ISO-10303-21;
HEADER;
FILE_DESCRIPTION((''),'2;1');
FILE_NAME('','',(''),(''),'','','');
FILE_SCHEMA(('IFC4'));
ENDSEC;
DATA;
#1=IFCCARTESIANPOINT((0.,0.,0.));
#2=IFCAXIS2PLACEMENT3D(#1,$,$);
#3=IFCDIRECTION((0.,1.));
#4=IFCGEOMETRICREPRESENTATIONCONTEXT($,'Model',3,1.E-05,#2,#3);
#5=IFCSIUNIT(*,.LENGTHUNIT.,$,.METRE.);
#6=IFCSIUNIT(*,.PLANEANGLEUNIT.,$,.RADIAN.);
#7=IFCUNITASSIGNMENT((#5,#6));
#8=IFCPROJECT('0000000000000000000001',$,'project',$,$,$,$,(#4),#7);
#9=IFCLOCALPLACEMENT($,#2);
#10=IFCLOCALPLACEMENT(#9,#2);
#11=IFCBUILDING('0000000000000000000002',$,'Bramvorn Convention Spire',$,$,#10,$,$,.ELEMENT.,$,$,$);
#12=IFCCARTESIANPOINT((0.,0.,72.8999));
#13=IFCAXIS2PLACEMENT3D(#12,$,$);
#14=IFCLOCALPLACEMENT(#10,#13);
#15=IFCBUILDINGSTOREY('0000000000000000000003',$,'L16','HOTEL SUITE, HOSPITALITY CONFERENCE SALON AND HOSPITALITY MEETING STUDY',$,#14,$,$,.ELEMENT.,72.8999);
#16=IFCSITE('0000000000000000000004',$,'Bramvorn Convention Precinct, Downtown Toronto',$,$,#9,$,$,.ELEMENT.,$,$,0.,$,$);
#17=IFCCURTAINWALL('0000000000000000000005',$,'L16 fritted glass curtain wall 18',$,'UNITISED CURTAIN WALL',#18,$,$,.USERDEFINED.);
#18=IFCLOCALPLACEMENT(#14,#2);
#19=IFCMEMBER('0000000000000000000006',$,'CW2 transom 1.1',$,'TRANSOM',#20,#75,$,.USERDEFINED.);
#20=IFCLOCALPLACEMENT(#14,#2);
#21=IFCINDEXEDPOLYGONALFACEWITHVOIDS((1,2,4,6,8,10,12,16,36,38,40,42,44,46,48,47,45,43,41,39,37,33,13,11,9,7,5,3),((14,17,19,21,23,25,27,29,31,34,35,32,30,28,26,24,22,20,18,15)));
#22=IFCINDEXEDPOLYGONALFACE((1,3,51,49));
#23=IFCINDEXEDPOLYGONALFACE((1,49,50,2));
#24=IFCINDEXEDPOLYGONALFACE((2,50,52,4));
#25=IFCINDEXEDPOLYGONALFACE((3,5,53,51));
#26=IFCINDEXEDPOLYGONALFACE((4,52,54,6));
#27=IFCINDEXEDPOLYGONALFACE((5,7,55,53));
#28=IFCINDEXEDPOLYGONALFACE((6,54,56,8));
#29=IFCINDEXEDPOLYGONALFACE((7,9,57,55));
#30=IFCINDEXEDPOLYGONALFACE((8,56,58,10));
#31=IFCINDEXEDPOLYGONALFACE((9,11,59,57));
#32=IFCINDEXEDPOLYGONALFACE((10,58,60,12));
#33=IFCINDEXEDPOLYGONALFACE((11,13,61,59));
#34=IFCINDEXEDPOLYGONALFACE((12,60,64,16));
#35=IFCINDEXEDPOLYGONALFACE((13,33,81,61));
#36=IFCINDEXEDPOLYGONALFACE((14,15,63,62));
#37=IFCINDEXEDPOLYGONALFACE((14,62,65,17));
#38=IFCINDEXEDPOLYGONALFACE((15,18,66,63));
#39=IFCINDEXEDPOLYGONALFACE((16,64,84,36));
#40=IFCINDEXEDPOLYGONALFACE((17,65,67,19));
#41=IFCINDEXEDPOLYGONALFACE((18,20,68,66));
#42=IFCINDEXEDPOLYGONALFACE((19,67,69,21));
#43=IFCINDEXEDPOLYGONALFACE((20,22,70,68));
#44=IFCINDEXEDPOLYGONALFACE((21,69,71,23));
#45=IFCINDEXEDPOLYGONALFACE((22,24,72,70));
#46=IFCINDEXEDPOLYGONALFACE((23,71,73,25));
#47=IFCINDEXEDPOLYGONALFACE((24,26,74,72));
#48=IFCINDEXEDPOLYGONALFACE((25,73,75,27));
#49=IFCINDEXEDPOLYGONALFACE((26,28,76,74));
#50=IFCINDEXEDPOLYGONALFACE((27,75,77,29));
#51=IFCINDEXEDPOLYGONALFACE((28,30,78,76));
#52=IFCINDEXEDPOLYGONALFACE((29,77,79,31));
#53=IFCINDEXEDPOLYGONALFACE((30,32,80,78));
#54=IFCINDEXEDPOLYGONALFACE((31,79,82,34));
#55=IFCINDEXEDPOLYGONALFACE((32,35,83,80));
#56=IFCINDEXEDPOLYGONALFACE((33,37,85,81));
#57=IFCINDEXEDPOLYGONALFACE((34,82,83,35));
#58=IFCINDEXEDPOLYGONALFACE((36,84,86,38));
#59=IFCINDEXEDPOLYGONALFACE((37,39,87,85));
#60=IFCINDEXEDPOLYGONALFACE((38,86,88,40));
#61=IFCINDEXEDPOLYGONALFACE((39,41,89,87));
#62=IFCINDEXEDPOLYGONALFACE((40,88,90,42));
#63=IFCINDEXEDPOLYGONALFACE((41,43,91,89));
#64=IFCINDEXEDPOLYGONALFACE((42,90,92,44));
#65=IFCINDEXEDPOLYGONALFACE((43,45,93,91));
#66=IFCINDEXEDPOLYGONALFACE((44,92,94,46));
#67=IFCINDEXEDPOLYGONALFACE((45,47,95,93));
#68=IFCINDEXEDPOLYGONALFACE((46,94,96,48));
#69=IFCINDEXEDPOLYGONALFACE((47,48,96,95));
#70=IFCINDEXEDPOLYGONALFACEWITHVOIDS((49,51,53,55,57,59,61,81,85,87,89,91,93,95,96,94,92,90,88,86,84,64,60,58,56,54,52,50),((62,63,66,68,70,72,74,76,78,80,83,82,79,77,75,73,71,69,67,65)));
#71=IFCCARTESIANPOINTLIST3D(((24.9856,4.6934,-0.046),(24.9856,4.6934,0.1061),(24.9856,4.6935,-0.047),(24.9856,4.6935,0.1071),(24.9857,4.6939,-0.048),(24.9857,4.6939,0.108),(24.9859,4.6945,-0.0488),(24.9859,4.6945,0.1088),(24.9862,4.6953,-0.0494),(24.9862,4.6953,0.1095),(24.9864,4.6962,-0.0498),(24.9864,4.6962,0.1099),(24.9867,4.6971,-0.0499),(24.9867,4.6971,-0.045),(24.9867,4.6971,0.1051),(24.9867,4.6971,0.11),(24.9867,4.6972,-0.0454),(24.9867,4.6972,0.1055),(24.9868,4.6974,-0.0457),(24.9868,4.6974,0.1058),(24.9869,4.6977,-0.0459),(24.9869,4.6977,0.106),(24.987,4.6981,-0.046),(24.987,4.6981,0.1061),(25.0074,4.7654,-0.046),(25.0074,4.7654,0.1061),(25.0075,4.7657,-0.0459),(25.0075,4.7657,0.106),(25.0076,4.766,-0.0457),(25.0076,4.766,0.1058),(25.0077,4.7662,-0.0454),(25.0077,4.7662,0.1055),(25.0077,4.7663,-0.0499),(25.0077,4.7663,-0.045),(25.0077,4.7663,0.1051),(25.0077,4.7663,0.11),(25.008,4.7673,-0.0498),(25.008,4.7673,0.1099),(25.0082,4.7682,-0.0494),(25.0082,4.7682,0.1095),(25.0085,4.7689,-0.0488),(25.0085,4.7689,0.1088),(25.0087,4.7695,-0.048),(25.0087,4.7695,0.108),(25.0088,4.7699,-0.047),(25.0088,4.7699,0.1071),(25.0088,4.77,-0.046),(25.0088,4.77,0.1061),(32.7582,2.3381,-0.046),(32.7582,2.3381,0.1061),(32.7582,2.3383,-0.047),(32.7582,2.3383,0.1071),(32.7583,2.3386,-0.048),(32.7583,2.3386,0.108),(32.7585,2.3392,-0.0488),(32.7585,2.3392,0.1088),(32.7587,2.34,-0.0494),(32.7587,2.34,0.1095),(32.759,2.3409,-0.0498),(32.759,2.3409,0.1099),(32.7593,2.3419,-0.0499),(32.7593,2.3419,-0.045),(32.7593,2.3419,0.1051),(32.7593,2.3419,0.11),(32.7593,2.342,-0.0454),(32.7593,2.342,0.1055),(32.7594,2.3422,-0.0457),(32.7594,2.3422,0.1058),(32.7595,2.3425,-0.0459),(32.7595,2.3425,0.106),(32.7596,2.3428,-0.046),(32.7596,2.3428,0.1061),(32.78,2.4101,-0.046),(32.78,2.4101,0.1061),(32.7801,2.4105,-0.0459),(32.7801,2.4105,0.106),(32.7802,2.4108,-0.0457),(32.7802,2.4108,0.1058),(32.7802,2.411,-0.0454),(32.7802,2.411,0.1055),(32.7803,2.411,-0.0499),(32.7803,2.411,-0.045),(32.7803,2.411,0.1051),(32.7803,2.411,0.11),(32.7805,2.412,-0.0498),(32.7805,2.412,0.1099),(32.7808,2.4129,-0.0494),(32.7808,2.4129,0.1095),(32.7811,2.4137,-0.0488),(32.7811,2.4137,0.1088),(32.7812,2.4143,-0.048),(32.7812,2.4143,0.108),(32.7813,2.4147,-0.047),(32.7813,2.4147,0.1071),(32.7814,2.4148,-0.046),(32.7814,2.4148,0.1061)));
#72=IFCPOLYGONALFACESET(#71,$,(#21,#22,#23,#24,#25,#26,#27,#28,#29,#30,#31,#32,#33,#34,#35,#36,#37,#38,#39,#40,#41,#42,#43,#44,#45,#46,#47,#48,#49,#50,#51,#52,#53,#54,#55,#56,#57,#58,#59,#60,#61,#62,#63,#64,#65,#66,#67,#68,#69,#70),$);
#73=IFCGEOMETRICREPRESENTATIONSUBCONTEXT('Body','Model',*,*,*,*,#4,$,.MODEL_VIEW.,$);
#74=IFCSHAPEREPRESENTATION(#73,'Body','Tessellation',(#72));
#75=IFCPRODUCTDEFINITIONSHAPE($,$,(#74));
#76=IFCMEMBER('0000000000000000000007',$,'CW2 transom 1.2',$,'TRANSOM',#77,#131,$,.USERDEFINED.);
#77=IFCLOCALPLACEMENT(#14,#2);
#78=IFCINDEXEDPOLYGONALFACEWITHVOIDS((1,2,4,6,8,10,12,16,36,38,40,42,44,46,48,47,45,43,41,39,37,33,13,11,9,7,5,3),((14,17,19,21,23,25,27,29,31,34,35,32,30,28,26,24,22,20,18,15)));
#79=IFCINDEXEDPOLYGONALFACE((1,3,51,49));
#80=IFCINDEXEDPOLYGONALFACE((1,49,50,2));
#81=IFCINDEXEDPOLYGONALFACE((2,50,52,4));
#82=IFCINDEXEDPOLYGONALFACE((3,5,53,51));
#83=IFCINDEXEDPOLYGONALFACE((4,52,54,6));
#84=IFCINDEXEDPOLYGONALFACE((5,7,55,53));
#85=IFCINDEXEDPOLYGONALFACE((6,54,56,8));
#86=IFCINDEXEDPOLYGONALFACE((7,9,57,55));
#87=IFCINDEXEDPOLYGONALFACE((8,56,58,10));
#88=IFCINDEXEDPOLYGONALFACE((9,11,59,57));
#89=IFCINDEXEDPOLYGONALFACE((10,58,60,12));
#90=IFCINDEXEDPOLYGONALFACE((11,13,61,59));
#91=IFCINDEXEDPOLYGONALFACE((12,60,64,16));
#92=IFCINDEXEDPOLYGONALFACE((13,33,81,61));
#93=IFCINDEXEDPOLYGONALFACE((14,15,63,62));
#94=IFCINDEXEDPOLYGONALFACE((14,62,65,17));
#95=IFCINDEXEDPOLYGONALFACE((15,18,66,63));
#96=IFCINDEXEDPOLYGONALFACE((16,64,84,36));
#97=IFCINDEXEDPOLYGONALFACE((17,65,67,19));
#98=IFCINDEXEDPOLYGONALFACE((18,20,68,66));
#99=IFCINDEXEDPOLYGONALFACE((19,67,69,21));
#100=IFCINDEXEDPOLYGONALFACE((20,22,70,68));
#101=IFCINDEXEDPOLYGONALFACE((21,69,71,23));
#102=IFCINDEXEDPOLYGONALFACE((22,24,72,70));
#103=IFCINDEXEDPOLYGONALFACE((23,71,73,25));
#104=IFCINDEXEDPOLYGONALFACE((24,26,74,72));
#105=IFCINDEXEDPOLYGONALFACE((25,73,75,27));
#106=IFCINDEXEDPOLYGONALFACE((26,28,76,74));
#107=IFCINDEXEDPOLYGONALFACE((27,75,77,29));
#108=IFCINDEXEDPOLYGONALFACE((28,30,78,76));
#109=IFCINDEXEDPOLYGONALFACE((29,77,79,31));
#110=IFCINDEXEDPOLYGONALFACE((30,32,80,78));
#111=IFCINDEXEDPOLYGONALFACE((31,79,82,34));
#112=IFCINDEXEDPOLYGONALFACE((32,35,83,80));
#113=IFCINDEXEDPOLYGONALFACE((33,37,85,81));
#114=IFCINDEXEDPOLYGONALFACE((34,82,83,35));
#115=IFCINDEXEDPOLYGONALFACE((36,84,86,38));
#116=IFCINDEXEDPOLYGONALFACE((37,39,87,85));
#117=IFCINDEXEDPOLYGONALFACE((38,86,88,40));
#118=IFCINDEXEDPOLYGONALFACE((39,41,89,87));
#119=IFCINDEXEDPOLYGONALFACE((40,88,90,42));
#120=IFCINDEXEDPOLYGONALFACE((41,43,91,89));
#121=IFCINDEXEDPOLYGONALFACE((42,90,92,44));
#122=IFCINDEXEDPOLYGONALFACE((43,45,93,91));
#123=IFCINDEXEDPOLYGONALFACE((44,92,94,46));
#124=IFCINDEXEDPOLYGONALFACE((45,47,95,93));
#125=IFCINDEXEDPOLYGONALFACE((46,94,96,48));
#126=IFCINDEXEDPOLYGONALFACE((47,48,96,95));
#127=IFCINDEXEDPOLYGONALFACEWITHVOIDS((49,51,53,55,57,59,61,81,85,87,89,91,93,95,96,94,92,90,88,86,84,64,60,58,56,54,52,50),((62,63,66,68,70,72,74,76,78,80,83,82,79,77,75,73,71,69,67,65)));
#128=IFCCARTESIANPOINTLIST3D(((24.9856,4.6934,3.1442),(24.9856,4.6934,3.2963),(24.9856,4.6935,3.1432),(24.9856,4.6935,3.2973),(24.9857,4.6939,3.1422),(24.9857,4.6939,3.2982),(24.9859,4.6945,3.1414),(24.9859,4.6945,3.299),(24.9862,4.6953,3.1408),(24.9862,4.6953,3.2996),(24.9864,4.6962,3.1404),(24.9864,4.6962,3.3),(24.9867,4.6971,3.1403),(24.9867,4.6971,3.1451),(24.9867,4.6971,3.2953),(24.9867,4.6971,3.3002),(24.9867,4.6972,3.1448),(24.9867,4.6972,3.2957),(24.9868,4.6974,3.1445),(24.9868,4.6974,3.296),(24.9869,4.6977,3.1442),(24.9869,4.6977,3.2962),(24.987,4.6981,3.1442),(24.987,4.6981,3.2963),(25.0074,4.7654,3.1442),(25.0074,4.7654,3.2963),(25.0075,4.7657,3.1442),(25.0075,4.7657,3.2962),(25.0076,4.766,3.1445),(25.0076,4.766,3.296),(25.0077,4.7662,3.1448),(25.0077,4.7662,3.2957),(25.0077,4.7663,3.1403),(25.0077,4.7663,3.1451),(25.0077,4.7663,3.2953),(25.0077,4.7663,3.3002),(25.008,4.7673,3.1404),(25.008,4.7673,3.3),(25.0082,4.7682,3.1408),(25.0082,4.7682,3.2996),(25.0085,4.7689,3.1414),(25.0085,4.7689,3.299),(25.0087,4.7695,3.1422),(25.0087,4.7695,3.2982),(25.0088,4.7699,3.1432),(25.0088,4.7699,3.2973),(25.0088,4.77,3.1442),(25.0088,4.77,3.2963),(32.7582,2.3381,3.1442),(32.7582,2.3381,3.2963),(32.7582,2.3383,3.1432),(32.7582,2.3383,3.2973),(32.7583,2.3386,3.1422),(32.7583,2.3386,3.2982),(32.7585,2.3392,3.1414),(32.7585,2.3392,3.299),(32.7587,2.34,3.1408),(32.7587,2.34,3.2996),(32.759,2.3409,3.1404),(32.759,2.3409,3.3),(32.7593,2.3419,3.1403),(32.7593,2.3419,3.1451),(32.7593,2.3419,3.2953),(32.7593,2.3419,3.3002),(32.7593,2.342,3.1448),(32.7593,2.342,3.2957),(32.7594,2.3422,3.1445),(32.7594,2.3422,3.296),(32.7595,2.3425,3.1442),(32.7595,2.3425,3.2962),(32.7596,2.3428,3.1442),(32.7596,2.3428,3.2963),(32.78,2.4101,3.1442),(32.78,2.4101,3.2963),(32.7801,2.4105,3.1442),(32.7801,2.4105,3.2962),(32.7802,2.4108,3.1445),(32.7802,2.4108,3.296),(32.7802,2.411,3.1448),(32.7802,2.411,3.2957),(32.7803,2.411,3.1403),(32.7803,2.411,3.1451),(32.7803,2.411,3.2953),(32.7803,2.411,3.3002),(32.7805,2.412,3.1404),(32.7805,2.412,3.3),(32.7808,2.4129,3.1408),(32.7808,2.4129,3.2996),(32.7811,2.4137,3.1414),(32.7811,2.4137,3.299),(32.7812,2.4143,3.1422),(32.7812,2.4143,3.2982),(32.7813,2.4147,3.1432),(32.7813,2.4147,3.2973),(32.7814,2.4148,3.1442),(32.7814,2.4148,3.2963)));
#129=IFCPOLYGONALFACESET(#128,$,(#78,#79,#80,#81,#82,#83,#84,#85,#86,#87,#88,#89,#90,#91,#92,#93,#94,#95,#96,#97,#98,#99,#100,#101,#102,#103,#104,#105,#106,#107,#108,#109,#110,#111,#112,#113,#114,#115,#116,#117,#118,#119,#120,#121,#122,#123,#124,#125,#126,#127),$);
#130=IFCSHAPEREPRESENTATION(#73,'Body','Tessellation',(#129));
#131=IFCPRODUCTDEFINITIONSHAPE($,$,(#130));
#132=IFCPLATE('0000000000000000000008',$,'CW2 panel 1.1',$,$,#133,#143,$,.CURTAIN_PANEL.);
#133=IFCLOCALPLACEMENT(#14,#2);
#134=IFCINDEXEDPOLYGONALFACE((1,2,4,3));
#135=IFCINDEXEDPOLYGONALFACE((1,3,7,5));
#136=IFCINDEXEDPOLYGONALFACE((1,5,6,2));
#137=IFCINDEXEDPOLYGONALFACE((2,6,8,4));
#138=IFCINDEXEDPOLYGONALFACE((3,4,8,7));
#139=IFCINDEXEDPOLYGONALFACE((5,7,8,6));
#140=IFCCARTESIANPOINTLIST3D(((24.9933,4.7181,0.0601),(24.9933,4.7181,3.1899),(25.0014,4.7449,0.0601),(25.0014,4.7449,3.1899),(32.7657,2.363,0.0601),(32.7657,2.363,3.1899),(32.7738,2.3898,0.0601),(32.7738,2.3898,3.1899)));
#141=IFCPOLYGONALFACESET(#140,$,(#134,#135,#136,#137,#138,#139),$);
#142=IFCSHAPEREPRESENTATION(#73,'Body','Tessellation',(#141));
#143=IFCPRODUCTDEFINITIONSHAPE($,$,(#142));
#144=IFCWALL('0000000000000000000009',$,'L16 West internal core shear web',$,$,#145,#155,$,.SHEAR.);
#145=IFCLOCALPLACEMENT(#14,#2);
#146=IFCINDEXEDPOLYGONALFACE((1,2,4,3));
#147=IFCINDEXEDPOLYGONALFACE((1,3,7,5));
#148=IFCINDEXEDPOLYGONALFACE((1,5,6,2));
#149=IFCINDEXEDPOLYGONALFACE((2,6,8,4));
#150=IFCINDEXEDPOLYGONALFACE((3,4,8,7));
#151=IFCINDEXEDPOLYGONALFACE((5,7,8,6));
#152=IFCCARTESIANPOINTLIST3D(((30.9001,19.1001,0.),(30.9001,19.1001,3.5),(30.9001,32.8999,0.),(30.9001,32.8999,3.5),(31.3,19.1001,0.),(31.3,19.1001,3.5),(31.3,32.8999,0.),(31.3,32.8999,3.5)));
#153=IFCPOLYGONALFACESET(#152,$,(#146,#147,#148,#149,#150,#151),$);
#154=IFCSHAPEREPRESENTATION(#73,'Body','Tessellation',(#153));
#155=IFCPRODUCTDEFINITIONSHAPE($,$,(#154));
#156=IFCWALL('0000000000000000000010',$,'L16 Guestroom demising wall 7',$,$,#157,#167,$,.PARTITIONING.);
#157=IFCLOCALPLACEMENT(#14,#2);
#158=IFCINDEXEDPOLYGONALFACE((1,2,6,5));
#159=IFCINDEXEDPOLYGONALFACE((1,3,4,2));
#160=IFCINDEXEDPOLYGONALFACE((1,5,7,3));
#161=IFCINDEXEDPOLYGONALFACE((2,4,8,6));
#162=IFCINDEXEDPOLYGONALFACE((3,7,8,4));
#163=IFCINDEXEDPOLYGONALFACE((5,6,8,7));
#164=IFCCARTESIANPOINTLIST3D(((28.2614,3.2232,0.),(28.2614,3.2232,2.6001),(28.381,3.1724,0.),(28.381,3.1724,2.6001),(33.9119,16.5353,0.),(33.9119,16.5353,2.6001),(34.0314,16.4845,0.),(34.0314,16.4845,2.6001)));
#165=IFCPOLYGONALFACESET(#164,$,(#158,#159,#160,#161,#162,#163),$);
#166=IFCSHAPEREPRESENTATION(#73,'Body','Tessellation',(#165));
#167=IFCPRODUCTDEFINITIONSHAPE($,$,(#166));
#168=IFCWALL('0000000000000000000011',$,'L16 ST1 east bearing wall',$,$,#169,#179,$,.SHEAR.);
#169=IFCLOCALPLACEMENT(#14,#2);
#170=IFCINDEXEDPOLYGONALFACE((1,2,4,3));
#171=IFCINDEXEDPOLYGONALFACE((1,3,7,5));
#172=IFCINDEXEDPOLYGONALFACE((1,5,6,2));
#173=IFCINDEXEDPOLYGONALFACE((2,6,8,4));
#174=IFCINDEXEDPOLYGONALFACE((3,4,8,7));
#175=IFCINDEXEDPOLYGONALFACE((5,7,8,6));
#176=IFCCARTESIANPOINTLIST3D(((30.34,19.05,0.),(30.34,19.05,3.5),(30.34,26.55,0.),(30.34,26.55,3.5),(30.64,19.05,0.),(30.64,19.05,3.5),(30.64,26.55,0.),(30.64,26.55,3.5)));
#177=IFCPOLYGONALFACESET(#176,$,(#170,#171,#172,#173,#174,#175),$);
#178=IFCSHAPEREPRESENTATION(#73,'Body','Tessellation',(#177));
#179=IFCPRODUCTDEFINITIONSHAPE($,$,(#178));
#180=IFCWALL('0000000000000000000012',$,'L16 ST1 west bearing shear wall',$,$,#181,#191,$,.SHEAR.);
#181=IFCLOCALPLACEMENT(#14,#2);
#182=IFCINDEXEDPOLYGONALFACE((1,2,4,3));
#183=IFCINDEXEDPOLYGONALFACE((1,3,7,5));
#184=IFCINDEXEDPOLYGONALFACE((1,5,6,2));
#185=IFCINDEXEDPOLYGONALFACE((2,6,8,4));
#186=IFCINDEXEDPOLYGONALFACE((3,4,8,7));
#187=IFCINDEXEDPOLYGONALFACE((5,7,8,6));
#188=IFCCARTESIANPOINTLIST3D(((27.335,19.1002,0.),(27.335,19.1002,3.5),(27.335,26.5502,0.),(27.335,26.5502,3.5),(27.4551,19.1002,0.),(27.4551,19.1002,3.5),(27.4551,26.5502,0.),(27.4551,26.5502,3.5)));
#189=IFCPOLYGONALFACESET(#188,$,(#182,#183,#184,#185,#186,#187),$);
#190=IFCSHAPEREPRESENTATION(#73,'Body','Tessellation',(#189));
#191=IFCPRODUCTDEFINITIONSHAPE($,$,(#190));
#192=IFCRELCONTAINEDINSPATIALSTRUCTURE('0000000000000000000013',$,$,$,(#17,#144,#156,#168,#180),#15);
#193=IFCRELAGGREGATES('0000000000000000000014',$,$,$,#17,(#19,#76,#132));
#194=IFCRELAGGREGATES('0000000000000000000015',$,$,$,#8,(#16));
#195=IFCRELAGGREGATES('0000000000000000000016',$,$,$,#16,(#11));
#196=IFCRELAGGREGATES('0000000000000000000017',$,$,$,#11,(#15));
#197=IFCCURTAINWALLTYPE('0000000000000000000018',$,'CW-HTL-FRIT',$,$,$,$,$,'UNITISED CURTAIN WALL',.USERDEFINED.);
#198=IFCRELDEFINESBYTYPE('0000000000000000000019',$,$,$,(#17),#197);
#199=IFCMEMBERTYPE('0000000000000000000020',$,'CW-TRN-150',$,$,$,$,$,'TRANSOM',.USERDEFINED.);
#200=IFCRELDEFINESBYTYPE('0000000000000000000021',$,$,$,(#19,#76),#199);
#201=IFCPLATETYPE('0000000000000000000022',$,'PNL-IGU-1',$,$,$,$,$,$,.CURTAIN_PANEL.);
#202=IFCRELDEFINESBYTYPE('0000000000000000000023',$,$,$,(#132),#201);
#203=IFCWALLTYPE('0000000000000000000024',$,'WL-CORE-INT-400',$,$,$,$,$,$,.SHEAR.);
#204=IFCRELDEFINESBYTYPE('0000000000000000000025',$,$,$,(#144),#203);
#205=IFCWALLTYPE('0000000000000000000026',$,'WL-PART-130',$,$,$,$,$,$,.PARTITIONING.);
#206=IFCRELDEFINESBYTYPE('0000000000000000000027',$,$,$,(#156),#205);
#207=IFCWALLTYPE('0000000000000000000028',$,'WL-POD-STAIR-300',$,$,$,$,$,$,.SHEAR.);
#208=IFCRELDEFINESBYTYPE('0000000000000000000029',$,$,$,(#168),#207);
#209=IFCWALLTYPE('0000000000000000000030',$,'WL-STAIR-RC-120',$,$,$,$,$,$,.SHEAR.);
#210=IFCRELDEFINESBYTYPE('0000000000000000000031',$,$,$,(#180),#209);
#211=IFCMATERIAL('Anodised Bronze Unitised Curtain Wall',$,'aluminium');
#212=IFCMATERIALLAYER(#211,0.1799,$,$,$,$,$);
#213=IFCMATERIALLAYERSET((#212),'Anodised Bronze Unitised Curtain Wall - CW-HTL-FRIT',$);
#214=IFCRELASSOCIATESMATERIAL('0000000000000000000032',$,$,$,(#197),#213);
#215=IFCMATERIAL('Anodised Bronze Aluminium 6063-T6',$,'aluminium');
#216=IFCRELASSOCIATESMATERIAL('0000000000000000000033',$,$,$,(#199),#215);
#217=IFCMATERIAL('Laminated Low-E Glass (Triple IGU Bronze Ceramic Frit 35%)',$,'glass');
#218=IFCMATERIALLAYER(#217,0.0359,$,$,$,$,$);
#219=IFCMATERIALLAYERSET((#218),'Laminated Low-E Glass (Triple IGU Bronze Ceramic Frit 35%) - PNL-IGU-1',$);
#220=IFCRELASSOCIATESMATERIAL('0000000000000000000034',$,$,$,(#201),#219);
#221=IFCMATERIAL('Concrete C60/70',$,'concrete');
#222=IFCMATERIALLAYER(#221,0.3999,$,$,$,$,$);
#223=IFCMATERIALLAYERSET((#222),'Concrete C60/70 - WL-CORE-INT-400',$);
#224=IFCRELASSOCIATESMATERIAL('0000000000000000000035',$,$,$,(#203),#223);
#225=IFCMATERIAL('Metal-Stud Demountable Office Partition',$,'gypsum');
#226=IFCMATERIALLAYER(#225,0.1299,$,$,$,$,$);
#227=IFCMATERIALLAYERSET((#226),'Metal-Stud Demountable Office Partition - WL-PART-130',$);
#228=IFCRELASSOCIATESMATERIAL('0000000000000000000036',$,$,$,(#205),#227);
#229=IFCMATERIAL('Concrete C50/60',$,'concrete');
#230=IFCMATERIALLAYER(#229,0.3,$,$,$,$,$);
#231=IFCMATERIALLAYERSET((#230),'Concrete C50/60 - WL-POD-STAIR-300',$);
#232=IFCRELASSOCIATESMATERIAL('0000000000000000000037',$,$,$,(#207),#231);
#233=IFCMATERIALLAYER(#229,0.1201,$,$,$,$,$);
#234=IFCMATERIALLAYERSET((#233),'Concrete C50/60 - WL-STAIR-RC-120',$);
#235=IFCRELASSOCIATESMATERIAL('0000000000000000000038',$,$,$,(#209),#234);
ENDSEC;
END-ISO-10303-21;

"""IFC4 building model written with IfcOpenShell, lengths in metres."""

from ifc_helpers import new_model, si_unit, direction, frame, frame_2d, origin, origin_2d, place, context, subcontext, project, spatial, rectangle, hollow_rectangle, extrude, material, layer, layer_set, material_profile, profile_set, type_object, element, aggregate, save


model = new_model("IFC4")

# Units and contexts
model_context = context("Model", 3, precision=1e-05, world=origin(), true_north=direction((0.0, 1.0)))
body_context = subcontext(model_context, "Body", "Model", "MODEL_VIEW")
ifc_project = project(units=[si_unit("LENGTHUNIT", "METRE"), si_unit("PLANEANGLEUNIT", "RADIAN")], contexts=[model_context])

# Site, building, storey
site_placement = place(None, origin())
site = spatial("IfcSite", under=ifc_project, at=site_placement, Name="Bramvorn Convention Precinct, Downtown Toronto", CompositionType="ELEMENT", RefElevation=0.0)
building_placement = place(site_placement, origin())
building = spatial("IfcBuilding", under=site, at=building_placement, Name="Bramvorn Convention Spire", CompositionType="ELEMENT")
storey_placement = place(building_placement, frame((0.0, 0.0, 72.8999)))
storey = spatial("IfcBuildingStorey", under=building, at=storey_placement, Name="L16", Description="HOTEL SUITE, HOSPITALITY CONFERENCE SALON AND HOSPITALITY MEETING STUDY", CompositionType="ELEMENT", Elevation=72.8999)

# Curtain wall
ifc_material_1 = material(Name="Anodised Bronze Unitised Curtain Wall", Category="aluminium")
ifc_layer_1 = layer(ifc_material_1, 0.1799)
ifc_layer_set_1 = layer_set([ifc_layer_1], Name="Anodised Bronze Unitised Curtain Wall - CW-HTL-FRIT")
curtain_wall_type = type_object("IfcCurtainWallType", Name="CW-HTL-FRIT", ElementType="UNITISED CURTAIN WALL", PredefinedType="USERDEFINED", material=ifc_layer_set_1)
curtain_wall_1_placement = place(storey_placement, origin())
curtain_wall_1 = element("IfcCurtainWall", 1, at=curtain_wall_1_placement, inside=storey, type_object=curtain_wall_type, Name="L16 fritted glass curtain wall 18", ObjectType="UNITISED CURTAIN WALL", PredefinedType="USERDEFINED")
ifc_material_2 = material(Name="Anodised Bronze Aluminium 6063-T6", Category="aluminium")

# Members
ifc_material_profile_1 = material_profile(ifc_material_2, hollow_rectangle(XDim=0.0801, YDim=0.1599, WallThickness=0.0039, InnerFilletRadius=0.001, OuterFilletRadius=0.0039, at=origin_2d()))
ifc_profile_set_1 = profile_set([ifc_material_profile_1], Name="Anodised Bronze Aluminium 6063-T6 - CWT80X160")
member_type_1 = type_object("IfcMemberType", Name="CW-TRN-150", ElementType="TRANSOM", PredefinedType="USERDEFINED", material=ifc_profile_set_1)
member_1_placement = place(storey_placement, frame((32.7698, 2.3765, 0.03), z_axis=(-0.957027, 0.29, 0.0), x_axis=(-0.29, -0.957027, 0.0)))
member_1 = element("IfcMember", 2, at=member_1_placement, type_object=member_type_1, Name="CW2 transom 1.1", ObjectType="TRANSOM", PredefinedType="USERDEFINED", context=body_context, shape_type="SweptSolid", body=[
    extrude(hollow_rectangle(XDim=0.0801, YDim=0.1599, WallThickness=0.0039, InnerFilletRadius=0.001, OuterFilletRadius=0.0039, at=origin_2d()), origin(), (0.0, 0.0, 1.0), 8.1216),
])
member_2_placement = place(storey_placement, frame((32.7698, 2.3765, 3.2202), z_axis=(-0.957027, 0.29, 0.0), x_axis=(-0.29, -0.957027, 0.0)))
member_2 = element("IfcMember", 3, at=member_2_placement, type_object=member_type_1, Name="CW2 transom 1.2", ObjectType="TRANSOM", PredefinedType="USERDEFINED", context=body_context, shape_type="SweptSolid", body=[
    extrude(hollow_rectangle(XDim=0.0801, YDim=0.1599, WallThickness=0.0039, InnerFilletRadius=0.001, OuterFilletRadius=0.0039, at=origin_2d()), origin(), (0.0, 0.0, 1.0), 8.1216),
])

# Plate
ifc_material_3 = material(Name="Laminated Low-E Glass (Triple IGU Bronze Ceramic Frit 35%)", Category="glass")
ifc_layer_2 = layer(ifc_material_3, 0.0359)
ifc_layer_set_2 = layer_set([ifc_layer_2], Name="Laminated Low-E Glass (Triple IGU Bronze Ceramic Frit 35%) - PNL-IGU-1")
plate_type = type_object("IfcPlateType", Name="PNL-IGU-1", PredefinedType="CURTAIN_PANEL", material=ifc_layer_set_2)
plate_placement = place(storey_placement, frame((28.8835, 3.554, 0.0601), z_axis=(0.0, 0.0, 1.0), x_axis=(-0.95703, 0.28999, 0.0)))
plate = element("IfcPlate", 4, at=plate_placement, type_object=plate_type, Name="CW2 panel 1.1", PredefinedType="CURTAIN_PANEL", context=body_context, shape_type="SweptSolid", body=[
    extrude(rectangle(XDim=8.1213, YDim=0.0281, at=origin_2d()), origin(), (0.0, 0.0, 1.0), 3.1299),
])
aggregate(curtain_wall_1, [member_1, member_2, plate])

# Shared definitions
ifc_material_4 = material(Name="Concrete C60/70", Category="concrete")

# Walls
ifc_layer_3 = layer(ifc_material_4, 0.3999)
ifc_layer_set_3 = layer_set([ifc_layer_3], Name="Concrete C60/70 - WL-CORE-INT-400")
wall_type_1 = type_object("IfcWallType", Name="WL-CORE-INT-400", PredefinedType="SHEAR", material=ifc_layer_set_3)
wall_1_placement = place(storey_placement, frame((31.1001, 19.1001, 0.0), z_axis=(0.0, 0.0, 1.0), x_axis=(0.0, 1.0, 0.0)))
element("IfcWall", 5, at=wall_1_placement, inside=storey, type_object=wall_type_1, Name="L16 West internal core shear web", PredefinedType="SHEAR", context=body_context, shape_type="SweptSolid", body=[
    extrude(rectangle(XDim=13.7998, YDim=0.3999, at=frame_2d((6.8999, 0.0))), origin(), (0.0, 0.0, 1.0), 3.5),
])
ifc_material_5 = material(Name="Metal-Stud Demountable Office Partition", Category="gypsum")
ifc_layer_4 = layer(ifc_material_5, 0.1299)
ifc_layer_set_4 = layer_set([ifc_layer_4], Name="Metal-Stud Demountable Office Partition - WL-PART-130")
wall_type_2 = type_object("IfcWallType", Name="WL-PART-130", PredefinedType="PARTITIONING", material=ifc_layer_set_4)
wall_2_placement = place(storey_placement, frame((33.9717, 16.51, 0.0), z_axis=(0.0, 0.0, 1.0), x_axis=(-0.390718, -0.92051, 0.0)))
element("IfcWall", 6, at=wall_2_placement, inside=storey, type_object=wall_type_2, Name="L16 Guestroom demising wall 7", PredefinedType="PARTITIONING", context=body_context, shape_type="SweptSolid", body=[
    extrude(rectangle(XDim=14.4617, YDim=0.1299, at=frame_2d((7.231, 0.0))), origin(), (0.0, 0.0, 1.0), 2.6001),
])
ifc_material_6 = material(Name="Concrete C50/60", Category="concrete")
ifc_layer_5 = layer(ifc_material_6, 0.3)
ifc_layer_set_5 = layer_set([ifc_layer_5], Name="Concrete C50/60 - WL-POD-STAIR-300")
wall_type_3 = type_object("IfcWallType", Name="WL-POD-STAIR-300", PredefinedType="SHEAR", material=ifc_layer_set_5)
wall_3_placement = place(storey_placement, frame((30.49, 19.05, 0.0), z_axis=(0.0, 0.0, 1.0), x_axis=(0.0, 1.0, 0.0)))
element("IfcWall", 7, at=wall_3_placement, inside=storey, type_object=wall_type_3, Name="L16 ST1 east bearing wall", PredefinedType="SHEAR", context=body_context, shape_type="SweptSolid", body=[
    extrude(rectangle(XDim=7.5, YDim=0.3, at=frame_2d((3.75, 0.0))), origin(), (0.0, 0.0, 1.0), 3.5),
])
ifc_layer_6 = layer(ifc_material_6, 0.1201)
ifc_layer_set_6 = layer_set([ifc_layer_6], Name="Concrete C50/60 - WL-STAIR-RC-120")
wall_type_4 = type_object("IfcWallType", Name="WL-STAIR-RC-120", PredefinedType="SHEAR", material=ifc_layer_set_6)
wall_4_placement = place(storey_placement, frame((27.395, 19.1001, 0.0), z_axis=(0.0, 0.0, 1.0), x_axis=(0.0, 1.0, 0.0)))
element("IfcWall", 8, at=wall_4_placement, inside=storey, type_object=wall_type_4, Name="L16 ST1 west bearing shear wall", PredefinedType="SHEAR", context=body_context, shape_type="SweptSolid", body=[
    extrude(rectangle(XDim=7.45, YDim=0.1201, at=frame_2d((3.7251, 0.0))), origin(), (0.0, 0.0, 1.0), 3.5),
])

save(model, "model.ifc")
